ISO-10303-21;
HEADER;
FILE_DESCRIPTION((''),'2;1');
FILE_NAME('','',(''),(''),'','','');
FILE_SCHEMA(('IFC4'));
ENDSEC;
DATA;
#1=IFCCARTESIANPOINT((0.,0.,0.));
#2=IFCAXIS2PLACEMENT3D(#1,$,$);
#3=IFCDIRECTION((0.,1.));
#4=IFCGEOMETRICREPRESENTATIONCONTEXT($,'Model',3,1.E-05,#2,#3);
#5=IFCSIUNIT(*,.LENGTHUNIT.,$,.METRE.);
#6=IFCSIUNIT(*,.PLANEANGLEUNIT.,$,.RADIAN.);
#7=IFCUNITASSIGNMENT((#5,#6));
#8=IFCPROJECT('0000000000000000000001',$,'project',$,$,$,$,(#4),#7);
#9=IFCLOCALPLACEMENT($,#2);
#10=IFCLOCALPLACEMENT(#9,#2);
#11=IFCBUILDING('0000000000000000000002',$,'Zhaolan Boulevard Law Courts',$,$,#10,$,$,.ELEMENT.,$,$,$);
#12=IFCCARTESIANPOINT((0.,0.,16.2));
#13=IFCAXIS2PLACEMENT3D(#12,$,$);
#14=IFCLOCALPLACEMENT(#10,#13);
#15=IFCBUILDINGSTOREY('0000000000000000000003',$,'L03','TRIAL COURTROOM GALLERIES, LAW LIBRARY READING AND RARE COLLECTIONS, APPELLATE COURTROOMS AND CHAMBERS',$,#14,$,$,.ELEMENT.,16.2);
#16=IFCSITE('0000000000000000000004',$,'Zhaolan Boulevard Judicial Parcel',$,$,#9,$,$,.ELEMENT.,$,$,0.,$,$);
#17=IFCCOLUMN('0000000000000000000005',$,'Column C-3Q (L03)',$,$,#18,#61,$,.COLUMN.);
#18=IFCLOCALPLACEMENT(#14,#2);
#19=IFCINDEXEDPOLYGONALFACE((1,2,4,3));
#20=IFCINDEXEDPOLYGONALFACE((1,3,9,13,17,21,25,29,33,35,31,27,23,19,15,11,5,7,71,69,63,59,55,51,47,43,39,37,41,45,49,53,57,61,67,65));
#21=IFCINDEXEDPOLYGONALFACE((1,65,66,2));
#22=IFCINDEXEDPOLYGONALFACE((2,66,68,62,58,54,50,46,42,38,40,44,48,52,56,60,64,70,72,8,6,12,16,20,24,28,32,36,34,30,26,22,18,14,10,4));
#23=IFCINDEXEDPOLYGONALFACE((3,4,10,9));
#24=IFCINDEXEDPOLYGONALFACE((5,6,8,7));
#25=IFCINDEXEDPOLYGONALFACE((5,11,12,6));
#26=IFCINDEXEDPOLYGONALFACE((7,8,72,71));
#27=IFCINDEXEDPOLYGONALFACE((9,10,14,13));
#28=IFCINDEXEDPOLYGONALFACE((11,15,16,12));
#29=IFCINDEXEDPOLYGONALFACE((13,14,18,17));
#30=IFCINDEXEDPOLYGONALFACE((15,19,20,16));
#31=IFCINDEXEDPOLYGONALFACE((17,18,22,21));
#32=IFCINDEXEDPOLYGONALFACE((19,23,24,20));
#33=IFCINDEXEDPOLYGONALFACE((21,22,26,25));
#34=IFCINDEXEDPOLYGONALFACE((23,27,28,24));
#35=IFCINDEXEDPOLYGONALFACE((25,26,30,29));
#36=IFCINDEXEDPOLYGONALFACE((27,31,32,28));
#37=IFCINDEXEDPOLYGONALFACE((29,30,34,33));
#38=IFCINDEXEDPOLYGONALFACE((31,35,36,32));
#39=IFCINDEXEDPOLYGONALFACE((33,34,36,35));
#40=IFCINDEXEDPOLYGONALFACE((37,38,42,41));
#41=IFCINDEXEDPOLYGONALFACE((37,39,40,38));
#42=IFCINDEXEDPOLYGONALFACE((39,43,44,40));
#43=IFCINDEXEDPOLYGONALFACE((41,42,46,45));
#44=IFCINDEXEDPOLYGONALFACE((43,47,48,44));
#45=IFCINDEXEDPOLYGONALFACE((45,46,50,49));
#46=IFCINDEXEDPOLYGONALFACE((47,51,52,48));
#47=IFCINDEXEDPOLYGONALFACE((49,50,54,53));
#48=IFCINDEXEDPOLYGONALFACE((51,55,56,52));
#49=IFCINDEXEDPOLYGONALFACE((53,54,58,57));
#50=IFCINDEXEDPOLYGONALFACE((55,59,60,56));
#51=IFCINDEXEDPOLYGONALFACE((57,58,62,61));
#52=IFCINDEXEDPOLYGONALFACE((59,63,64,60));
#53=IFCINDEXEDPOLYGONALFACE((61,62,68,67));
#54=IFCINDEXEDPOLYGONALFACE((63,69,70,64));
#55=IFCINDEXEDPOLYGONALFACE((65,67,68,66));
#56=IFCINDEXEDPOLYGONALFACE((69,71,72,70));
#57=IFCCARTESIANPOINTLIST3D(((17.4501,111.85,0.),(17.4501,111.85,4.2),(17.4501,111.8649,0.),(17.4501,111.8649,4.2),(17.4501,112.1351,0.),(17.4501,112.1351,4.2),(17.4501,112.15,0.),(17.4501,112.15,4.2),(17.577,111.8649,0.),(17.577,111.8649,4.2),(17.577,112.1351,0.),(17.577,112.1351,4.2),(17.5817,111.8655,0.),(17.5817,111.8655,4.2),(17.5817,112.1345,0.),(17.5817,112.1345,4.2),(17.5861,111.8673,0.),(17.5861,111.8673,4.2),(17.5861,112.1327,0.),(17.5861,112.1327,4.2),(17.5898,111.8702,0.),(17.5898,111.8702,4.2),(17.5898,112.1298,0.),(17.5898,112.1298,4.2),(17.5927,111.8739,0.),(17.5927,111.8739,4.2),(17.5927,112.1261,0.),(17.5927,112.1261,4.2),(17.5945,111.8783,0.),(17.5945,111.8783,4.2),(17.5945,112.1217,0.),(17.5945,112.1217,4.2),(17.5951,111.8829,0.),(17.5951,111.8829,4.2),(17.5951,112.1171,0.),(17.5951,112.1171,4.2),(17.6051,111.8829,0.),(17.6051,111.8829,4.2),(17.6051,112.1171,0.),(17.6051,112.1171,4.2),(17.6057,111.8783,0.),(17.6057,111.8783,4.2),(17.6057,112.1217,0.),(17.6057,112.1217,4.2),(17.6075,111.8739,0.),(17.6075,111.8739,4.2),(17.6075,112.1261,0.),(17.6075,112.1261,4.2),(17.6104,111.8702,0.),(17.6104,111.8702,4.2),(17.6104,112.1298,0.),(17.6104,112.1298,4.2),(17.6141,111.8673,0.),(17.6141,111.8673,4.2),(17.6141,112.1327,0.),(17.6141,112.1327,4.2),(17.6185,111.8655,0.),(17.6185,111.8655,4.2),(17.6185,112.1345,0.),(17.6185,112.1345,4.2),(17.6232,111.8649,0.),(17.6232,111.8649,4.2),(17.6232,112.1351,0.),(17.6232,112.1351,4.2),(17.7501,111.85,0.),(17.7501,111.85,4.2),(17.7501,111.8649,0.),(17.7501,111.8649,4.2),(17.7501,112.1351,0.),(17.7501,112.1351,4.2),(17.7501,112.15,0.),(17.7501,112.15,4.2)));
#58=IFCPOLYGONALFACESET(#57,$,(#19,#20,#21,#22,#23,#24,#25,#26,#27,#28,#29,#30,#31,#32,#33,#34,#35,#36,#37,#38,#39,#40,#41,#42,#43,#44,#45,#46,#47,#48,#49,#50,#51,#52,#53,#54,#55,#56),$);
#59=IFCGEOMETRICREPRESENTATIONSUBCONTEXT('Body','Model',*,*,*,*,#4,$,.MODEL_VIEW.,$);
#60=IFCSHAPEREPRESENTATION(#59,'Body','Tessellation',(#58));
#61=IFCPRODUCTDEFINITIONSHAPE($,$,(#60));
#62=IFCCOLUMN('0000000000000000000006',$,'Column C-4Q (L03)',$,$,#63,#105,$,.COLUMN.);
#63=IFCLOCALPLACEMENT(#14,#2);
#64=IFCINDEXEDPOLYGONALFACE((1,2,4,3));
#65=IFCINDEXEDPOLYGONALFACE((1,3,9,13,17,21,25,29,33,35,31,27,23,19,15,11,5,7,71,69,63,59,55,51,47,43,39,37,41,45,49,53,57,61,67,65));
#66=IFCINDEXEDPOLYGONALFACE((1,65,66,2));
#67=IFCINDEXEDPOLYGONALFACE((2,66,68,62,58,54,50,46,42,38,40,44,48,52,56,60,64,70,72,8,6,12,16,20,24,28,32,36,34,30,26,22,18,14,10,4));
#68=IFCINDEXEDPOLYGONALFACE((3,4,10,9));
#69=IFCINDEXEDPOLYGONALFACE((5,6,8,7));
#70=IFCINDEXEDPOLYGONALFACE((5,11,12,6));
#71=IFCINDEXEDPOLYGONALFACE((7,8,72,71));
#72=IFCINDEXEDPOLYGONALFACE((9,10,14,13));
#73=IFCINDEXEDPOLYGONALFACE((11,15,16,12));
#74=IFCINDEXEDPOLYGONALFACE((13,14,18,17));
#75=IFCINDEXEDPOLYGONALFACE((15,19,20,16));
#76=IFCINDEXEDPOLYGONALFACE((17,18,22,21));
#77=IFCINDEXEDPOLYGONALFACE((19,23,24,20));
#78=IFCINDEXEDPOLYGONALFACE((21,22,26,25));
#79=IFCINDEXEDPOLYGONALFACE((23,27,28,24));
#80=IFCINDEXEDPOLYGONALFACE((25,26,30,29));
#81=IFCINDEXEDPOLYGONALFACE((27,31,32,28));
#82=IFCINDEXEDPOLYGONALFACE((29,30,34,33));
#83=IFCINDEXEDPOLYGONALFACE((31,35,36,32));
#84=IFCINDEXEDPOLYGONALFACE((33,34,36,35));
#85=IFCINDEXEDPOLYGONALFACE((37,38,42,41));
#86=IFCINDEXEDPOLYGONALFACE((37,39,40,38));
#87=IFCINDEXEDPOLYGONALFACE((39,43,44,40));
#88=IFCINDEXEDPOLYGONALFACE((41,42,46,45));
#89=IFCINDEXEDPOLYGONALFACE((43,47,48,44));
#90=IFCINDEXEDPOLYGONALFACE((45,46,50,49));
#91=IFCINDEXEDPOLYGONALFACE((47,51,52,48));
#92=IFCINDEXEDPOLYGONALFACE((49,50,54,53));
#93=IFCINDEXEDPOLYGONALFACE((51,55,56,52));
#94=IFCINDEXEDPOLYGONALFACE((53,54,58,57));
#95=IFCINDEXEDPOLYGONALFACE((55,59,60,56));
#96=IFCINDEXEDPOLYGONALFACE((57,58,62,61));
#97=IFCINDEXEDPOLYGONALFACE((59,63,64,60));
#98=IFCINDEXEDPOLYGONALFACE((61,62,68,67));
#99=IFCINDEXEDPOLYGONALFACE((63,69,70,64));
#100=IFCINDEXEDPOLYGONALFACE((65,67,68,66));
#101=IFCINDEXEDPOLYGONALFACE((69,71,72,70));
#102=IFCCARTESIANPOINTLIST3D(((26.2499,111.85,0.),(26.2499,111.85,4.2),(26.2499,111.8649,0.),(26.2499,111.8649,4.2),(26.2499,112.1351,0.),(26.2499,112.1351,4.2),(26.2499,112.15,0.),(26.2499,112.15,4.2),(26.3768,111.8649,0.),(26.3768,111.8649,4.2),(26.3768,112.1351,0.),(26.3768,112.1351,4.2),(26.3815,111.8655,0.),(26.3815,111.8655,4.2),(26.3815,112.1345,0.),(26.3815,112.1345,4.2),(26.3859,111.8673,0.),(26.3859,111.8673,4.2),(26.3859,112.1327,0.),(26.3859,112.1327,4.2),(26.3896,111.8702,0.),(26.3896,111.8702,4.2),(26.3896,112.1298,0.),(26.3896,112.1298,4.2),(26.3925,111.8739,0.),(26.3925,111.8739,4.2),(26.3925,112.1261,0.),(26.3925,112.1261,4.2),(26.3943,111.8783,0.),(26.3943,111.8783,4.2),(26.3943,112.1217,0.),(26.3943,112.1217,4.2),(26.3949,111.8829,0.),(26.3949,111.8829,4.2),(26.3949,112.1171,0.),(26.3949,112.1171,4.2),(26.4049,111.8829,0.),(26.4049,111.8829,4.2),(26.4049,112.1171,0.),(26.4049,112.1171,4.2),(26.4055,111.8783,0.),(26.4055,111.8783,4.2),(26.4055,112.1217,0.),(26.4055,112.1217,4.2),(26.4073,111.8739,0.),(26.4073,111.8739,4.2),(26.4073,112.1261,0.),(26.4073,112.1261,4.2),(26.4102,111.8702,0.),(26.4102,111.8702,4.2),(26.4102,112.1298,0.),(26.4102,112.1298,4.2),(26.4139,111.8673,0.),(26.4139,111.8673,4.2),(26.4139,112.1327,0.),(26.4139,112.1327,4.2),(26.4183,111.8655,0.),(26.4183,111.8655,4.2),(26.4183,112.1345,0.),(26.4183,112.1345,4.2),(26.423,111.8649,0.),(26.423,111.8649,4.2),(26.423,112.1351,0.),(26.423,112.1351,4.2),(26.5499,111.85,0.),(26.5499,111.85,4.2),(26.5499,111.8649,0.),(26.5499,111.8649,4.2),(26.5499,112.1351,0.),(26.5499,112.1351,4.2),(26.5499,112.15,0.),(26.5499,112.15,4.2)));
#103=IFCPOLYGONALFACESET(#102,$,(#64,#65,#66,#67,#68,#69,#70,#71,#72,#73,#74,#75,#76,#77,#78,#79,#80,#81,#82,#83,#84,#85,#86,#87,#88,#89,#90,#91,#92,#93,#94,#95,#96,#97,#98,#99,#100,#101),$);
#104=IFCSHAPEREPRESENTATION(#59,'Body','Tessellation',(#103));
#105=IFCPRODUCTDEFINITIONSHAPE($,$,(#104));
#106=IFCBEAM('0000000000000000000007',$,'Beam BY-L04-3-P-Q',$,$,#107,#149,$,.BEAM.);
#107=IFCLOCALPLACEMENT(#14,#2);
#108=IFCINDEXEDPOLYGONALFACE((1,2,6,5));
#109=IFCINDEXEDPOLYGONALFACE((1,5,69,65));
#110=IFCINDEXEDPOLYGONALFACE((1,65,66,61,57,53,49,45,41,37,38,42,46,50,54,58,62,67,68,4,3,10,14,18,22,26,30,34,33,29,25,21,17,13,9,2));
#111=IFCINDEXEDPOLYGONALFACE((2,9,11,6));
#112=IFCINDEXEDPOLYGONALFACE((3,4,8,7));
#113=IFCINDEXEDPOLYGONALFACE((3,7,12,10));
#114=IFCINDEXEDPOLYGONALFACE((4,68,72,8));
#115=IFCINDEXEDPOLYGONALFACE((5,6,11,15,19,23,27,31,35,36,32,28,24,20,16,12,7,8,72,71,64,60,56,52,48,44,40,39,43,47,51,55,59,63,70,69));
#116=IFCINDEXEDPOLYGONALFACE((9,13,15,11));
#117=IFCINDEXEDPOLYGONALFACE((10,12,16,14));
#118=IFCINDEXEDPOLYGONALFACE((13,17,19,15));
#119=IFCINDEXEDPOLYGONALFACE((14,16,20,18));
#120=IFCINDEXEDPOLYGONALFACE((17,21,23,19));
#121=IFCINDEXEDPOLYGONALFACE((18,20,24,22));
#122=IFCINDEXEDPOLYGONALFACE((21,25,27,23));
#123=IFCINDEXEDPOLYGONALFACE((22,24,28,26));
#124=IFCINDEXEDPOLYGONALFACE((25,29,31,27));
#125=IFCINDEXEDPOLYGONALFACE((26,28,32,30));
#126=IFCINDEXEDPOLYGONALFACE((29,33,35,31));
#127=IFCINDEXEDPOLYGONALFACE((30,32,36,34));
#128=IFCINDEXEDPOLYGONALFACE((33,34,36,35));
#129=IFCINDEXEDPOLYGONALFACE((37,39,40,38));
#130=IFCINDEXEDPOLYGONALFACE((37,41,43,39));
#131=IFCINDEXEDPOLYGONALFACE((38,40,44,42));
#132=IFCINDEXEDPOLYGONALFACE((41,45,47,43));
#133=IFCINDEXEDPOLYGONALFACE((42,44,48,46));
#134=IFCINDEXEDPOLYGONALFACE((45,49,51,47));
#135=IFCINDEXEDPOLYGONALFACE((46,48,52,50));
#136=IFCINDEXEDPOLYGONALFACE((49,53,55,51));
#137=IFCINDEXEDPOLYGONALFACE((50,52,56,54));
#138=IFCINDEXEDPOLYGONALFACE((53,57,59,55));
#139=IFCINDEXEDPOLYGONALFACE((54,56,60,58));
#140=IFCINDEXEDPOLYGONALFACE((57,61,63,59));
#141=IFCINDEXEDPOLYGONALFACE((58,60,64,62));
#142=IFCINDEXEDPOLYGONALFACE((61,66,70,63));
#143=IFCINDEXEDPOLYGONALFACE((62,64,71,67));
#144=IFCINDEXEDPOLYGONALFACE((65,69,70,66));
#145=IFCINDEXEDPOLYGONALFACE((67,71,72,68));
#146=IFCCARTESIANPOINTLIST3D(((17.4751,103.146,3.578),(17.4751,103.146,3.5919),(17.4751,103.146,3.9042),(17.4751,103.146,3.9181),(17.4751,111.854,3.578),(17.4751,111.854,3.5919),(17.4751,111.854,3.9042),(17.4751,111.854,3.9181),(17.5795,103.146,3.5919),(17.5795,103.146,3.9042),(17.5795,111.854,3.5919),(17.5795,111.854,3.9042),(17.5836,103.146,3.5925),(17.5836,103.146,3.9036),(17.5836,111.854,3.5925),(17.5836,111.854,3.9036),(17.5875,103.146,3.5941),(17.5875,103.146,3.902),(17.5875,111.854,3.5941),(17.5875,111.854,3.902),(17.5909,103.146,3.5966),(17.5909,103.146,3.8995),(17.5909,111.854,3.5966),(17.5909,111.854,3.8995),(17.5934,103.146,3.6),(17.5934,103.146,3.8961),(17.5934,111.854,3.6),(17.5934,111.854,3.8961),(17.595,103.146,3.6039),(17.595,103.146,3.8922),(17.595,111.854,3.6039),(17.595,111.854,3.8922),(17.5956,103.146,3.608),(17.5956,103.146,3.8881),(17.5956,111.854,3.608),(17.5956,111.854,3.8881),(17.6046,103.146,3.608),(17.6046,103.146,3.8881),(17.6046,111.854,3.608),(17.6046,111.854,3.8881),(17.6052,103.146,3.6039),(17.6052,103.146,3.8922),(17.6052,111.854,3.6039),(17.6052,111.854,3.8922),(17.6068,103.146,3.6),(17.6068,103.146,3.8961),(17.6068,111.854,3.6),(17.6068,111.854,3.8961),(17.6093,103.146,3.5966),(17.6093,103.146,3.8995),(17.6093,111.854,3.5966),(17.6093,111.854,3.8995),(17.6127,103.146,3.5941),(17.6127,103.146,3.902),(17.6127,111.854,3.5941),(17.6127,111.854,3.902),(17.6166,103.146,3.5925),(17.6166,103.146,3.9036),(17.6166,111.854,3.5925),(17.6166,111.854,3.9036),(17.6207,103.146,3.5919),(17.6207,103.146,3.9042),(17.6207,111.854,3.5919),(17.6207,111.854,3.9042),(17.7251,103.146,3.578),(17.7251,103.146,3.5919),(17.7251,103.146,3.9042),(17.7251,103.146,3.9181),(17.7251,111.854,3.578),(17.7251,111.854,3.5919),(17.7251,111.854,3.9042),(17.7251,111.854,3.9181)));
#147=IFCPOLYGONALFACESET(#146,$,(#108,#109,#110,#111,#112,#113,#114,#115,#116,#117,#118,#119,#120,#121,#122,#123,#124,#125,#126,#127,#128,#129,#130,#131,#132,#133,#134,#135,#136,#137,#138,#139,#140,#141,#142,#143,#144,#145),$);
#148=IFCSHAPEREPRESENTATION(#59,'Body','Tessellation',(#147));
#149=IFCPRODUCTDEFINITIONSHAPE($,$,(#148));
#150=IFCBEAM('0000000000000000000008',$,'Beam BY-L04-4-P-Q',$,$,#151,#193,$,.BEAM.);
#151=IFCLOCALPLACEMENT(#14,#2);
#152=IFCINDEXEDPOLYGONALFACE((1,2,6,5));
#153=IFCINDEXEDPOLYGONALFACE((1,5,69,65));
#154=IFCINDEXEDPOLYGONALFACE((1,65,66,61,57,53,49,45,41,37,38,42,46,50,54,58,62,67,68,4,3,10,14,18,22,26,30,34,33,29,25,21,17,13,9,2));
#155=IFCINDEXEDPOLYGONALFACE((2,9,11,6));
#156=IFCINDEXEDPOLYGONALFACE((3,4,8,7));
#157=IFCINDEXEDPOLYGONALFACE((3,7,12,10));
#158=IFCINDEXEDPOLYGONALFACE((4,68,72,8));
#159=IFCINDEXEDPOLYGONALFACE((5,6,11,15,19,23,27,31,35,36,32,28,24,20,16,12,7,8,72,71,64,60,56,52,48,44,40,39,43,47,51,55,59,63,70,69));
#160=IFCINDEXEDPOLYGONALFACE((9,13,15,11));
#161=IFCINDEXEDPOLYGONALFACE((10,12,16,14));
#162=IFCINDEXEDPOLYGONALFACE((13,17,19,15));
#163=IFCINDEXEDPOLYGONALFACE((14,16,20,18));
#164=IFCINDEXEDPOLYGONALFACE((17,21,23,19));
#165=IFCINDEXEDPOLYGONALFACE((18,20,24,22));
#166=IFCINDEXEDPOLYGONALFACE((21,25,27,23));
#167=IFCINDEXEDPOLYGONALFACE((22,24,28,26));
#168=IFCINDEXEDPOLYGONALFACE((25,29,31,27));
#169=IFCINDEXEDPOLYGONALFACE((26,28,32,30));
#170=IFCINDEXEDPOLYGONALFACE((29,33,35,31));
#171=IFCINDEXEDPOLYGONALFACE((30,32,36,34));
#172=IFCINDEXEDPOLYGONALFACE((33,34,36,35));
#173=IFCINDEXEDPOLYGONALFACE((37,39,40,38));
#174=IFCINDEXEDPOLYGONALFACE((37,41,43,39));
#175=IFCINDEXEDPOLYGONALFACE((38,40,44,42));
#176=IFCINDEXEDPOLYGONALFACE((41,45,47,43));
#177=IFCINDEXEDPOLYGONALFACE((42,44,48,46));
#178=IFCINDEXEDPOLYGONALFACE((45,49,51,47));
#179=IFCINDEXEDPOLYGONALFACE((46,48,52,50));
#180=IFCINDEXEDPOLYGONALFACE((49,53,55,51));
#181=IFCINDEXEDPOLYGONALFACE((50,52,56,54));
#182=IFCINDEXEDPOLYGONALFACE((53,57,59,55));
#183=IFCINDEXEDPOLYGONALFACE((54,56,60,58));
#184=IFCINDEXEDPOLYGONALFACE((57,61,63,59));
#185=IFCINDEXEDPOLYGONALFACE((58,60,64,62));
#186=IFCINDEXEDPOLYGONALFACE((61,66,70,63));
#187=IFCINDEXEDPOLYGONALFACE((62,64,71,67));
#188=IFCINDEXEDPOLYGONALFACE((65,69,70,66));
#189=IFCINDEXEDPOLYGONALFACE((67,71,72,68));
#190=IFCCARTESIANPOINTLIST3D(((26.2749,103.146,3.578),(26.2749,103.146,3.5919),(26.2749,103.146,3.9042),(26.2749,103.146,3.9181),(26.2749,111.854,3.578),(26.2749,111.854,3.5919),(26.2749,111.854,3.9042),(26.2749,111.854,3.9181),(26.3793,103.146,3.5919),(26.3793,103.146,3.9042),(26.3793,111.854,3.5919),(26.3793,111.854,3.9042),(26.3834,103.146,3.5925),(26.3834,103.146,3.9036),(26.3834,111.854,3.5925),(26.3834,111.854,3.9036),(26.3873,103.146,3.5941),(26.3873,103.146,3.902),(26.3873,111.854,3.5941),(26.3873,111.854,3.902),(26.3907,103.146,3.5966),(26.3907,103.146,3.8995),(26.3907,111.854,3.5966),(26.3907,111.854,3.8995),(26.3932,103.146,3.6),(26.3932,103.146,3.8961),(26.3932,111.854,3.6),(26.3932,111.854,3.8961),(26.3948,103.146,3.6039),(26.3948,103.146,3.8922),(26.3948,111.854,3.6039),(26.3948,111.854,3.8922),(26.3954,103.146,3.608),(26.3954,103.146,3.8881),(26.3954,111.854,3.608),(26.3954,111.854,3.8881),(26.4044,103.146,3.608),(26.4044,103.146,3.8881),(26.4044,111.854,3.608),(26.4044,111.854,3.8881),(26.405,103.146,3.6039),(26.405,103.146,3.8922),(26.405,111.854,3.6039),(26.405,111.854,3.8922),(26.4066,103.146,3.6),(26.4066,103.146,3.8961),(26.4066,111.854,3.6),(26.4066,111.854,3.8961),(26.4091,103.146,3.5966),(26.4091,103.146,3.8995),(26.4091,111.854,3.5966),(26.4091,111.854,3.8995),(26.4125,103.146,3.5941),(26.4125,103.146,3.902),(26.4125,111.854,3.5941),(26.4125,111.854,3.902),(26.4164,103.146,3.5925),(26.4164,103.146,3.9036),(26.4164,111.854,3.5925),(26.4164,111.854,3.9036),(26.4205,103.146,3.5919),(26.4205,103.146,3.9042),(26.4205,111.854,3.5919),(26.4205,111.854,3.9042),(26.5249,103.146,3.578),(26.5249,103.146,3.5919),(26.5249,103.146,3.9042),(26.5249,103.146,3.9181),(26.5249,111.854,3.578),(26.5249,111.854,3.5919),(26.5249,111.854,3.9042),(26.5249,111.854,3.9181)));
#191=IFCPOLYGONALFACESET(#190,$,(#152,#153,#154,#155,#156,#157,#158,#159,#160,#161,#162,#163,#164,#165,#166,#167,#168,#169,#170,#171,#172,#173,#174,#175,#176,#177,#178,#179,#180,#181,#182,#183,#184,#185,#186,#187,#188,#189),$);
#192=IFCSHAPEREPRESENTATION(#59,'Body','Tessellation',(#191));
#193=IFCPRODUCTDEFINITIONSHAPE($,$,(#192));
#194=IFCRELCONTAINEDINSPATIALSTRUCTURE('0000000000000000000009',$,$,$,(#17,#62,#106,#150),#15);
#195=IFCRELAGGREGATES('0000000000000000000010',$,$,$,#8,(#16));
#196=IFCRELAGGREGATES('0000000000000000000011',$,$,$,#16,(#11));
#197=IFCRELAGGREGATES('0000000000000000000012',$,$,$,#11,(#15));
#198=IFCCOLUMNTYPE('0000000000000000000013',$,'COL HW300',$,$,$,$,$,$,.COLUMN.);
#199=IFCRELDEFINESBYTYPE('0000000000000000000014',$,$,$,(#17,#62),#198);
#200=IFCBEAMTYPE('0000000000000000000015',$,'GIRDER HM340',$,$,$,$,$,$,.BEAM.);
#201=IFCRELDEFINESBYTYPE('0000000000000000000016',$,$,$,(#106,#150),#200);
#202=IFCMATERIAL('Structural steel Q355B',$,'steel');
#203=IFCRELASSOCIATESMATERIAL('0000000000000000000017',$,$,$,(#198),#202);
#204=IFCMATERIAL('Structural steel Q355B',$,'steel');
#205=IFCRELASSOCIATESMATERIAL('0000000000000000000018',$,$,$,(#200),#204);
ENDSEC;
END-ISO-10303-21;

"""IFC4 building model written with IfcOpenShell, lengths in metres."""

from ifc_helpers import new_model, si_unit, direction, frame, origin, origin_2d, place, context, subcontext, project, spatial, i_section, extrude, material, material_profile, profile_set, type_object, element, save


model = new_model("IFC4")

# Units and contexts
model_context = context("Model", 3, precision=1e-05, world=origin(), true_north=direction((0.0, 1.0)))
body_context = subcontext(model_context, "Body", "Model", "MODEL_VIEW")
ifc_project = project(units=[si_unit("LENGTHUNIT", "METRE"), si_unit("PLANEANGLEUNIT", "RADIAN")], contexts=[model_context])

# Site, building, storey
site_placement = place(None, origin())
site = spatial("IfcSite", under=ifc_project, at=site_placement, Name="Zhaolan Boulevard Judicial Parcel", CompositionType="ELEMENT", RefElevation=0.0)
building_placement = place(site_placement, origin())
building = spatial("IfcBuilding", under=site, at=building_placement, Name="Zhaolan Boulevard Law Courts", CompositionType="ELEMENT")
storey_placement = place(building_placement, frame((0.0, 0.0, 16.2)))
storey = spatial("IfcBuildingStorey", under=building, at=storey_placement, Name="L03", Description="TRIAL COURTROOM GALLERIES, LAW LIBRARY READING AND RARE COLLECTIONS, APPELLATE COURTROOMS AND CHAMBERS", CompositionType="ELEMENT", Elevation=16.2)

# Columns
ifc_material_1 = material(Name="Structural steel Q355B", Category="steel")
ifc_material_profile_1 = material_profile(ifc_material_1, i_section(OverallWidth=0.3, OverallDepth=0.3, WebThickness=0.01, FlangeThickness=0.0149, FilletRadius=0.0181, at=origin_2d()), Name="HW300x300")
ifc_profile_set_1 = profile_set([ifc_material_profile_1], Name="Structural steel Q355B")
column_type = type_object("IfcColumnType", Name="COL HW300", PredefinedType="COLUMN", material=ifc_profile_set_1)
for number, where, z_axis, x_axis, name in (
    (1, (17.6001, 112.0, 0.0), (0.0, 0.0, 1.0), (1.0, 0.0, 0.0), "Column C-3Q (L03)"),
    (2, (26.3999, 112.0, 0.0), (0.0, 0.0, 1.0), (1.0, 0.0, 0.0), "Column C-4Q (L03)"),
):
    element("IfcColumn", number, at=place(storey_placement, frame(where, z_axis=z_axis, x_axis=x_axis)), inside=storey, type_object=column_type, Name=name, PredefinedType="COLUMN", context=body_context, shape_type="SweptSolid", body=[
        extrude(i_section(OverallWidth=0.3, OverallDepth=0.3, WebThickness=0.01, FlangeThickness=0.0149, FilletRadius=0.0181, at=origin_2d()), origin(), (0.0, 0.0, 1.0), 4.2),
    ])

# Beams
ifc_material_2 = material(Name="Structural steel Q355B", Category="steel")
ifc_material_profile_2 = material_profile(ifc_material_2, i_section(OverallWidth=0.25, OverallDepth=0.3401, WebThickness=0.009, FlangeThickness=0.0139, FilletRadius=0.0161, at=origin_2d()), Name="HM340x250")
ifc_profile_set_2 = profile_set([ifc_material_profile_2], Name="Structural steel Q355B")
beam_type_1 = type_object("IfcBeamType", Name="GIRDER HM340", PredefinedType="BEAM", material=ifc_profile_set_2)
for number, where, z_axis, x_axis, name in (
    (3, (17.6001, 103.146, 3.748), (0.0, 1.0, 0.0), (-1.0, 0.0, 0.0), "Beam BY-L04-3-P-Q"),
    (4, (26.3999, 103.146, 3.748), (0.0, 1.0, 0.0), (-1.0, 0.0, 0.0), "Beam BY-L04-4-P-Q"),
):
    element("IfcBeam", number, at=place(storey_placement, frame(where, z_axis=z_axis, x_axis=x_axis)), inside=storey, type_object=beam_type_1, Name=name, PredefinedType="BEAM", context=body_context, shape_type="SweptSolid", body=[
        extrude(i_section(OverallWidth=0.25, OverallDepth=0.3401, WebThickness=0.009, FlangeThickness=0.0139, FilletRadius=0.0161, at=origin_2d()), origin(), (0.0, 0.0, 1.0), 8.708),
    ])

save(model, "model.ifc")
